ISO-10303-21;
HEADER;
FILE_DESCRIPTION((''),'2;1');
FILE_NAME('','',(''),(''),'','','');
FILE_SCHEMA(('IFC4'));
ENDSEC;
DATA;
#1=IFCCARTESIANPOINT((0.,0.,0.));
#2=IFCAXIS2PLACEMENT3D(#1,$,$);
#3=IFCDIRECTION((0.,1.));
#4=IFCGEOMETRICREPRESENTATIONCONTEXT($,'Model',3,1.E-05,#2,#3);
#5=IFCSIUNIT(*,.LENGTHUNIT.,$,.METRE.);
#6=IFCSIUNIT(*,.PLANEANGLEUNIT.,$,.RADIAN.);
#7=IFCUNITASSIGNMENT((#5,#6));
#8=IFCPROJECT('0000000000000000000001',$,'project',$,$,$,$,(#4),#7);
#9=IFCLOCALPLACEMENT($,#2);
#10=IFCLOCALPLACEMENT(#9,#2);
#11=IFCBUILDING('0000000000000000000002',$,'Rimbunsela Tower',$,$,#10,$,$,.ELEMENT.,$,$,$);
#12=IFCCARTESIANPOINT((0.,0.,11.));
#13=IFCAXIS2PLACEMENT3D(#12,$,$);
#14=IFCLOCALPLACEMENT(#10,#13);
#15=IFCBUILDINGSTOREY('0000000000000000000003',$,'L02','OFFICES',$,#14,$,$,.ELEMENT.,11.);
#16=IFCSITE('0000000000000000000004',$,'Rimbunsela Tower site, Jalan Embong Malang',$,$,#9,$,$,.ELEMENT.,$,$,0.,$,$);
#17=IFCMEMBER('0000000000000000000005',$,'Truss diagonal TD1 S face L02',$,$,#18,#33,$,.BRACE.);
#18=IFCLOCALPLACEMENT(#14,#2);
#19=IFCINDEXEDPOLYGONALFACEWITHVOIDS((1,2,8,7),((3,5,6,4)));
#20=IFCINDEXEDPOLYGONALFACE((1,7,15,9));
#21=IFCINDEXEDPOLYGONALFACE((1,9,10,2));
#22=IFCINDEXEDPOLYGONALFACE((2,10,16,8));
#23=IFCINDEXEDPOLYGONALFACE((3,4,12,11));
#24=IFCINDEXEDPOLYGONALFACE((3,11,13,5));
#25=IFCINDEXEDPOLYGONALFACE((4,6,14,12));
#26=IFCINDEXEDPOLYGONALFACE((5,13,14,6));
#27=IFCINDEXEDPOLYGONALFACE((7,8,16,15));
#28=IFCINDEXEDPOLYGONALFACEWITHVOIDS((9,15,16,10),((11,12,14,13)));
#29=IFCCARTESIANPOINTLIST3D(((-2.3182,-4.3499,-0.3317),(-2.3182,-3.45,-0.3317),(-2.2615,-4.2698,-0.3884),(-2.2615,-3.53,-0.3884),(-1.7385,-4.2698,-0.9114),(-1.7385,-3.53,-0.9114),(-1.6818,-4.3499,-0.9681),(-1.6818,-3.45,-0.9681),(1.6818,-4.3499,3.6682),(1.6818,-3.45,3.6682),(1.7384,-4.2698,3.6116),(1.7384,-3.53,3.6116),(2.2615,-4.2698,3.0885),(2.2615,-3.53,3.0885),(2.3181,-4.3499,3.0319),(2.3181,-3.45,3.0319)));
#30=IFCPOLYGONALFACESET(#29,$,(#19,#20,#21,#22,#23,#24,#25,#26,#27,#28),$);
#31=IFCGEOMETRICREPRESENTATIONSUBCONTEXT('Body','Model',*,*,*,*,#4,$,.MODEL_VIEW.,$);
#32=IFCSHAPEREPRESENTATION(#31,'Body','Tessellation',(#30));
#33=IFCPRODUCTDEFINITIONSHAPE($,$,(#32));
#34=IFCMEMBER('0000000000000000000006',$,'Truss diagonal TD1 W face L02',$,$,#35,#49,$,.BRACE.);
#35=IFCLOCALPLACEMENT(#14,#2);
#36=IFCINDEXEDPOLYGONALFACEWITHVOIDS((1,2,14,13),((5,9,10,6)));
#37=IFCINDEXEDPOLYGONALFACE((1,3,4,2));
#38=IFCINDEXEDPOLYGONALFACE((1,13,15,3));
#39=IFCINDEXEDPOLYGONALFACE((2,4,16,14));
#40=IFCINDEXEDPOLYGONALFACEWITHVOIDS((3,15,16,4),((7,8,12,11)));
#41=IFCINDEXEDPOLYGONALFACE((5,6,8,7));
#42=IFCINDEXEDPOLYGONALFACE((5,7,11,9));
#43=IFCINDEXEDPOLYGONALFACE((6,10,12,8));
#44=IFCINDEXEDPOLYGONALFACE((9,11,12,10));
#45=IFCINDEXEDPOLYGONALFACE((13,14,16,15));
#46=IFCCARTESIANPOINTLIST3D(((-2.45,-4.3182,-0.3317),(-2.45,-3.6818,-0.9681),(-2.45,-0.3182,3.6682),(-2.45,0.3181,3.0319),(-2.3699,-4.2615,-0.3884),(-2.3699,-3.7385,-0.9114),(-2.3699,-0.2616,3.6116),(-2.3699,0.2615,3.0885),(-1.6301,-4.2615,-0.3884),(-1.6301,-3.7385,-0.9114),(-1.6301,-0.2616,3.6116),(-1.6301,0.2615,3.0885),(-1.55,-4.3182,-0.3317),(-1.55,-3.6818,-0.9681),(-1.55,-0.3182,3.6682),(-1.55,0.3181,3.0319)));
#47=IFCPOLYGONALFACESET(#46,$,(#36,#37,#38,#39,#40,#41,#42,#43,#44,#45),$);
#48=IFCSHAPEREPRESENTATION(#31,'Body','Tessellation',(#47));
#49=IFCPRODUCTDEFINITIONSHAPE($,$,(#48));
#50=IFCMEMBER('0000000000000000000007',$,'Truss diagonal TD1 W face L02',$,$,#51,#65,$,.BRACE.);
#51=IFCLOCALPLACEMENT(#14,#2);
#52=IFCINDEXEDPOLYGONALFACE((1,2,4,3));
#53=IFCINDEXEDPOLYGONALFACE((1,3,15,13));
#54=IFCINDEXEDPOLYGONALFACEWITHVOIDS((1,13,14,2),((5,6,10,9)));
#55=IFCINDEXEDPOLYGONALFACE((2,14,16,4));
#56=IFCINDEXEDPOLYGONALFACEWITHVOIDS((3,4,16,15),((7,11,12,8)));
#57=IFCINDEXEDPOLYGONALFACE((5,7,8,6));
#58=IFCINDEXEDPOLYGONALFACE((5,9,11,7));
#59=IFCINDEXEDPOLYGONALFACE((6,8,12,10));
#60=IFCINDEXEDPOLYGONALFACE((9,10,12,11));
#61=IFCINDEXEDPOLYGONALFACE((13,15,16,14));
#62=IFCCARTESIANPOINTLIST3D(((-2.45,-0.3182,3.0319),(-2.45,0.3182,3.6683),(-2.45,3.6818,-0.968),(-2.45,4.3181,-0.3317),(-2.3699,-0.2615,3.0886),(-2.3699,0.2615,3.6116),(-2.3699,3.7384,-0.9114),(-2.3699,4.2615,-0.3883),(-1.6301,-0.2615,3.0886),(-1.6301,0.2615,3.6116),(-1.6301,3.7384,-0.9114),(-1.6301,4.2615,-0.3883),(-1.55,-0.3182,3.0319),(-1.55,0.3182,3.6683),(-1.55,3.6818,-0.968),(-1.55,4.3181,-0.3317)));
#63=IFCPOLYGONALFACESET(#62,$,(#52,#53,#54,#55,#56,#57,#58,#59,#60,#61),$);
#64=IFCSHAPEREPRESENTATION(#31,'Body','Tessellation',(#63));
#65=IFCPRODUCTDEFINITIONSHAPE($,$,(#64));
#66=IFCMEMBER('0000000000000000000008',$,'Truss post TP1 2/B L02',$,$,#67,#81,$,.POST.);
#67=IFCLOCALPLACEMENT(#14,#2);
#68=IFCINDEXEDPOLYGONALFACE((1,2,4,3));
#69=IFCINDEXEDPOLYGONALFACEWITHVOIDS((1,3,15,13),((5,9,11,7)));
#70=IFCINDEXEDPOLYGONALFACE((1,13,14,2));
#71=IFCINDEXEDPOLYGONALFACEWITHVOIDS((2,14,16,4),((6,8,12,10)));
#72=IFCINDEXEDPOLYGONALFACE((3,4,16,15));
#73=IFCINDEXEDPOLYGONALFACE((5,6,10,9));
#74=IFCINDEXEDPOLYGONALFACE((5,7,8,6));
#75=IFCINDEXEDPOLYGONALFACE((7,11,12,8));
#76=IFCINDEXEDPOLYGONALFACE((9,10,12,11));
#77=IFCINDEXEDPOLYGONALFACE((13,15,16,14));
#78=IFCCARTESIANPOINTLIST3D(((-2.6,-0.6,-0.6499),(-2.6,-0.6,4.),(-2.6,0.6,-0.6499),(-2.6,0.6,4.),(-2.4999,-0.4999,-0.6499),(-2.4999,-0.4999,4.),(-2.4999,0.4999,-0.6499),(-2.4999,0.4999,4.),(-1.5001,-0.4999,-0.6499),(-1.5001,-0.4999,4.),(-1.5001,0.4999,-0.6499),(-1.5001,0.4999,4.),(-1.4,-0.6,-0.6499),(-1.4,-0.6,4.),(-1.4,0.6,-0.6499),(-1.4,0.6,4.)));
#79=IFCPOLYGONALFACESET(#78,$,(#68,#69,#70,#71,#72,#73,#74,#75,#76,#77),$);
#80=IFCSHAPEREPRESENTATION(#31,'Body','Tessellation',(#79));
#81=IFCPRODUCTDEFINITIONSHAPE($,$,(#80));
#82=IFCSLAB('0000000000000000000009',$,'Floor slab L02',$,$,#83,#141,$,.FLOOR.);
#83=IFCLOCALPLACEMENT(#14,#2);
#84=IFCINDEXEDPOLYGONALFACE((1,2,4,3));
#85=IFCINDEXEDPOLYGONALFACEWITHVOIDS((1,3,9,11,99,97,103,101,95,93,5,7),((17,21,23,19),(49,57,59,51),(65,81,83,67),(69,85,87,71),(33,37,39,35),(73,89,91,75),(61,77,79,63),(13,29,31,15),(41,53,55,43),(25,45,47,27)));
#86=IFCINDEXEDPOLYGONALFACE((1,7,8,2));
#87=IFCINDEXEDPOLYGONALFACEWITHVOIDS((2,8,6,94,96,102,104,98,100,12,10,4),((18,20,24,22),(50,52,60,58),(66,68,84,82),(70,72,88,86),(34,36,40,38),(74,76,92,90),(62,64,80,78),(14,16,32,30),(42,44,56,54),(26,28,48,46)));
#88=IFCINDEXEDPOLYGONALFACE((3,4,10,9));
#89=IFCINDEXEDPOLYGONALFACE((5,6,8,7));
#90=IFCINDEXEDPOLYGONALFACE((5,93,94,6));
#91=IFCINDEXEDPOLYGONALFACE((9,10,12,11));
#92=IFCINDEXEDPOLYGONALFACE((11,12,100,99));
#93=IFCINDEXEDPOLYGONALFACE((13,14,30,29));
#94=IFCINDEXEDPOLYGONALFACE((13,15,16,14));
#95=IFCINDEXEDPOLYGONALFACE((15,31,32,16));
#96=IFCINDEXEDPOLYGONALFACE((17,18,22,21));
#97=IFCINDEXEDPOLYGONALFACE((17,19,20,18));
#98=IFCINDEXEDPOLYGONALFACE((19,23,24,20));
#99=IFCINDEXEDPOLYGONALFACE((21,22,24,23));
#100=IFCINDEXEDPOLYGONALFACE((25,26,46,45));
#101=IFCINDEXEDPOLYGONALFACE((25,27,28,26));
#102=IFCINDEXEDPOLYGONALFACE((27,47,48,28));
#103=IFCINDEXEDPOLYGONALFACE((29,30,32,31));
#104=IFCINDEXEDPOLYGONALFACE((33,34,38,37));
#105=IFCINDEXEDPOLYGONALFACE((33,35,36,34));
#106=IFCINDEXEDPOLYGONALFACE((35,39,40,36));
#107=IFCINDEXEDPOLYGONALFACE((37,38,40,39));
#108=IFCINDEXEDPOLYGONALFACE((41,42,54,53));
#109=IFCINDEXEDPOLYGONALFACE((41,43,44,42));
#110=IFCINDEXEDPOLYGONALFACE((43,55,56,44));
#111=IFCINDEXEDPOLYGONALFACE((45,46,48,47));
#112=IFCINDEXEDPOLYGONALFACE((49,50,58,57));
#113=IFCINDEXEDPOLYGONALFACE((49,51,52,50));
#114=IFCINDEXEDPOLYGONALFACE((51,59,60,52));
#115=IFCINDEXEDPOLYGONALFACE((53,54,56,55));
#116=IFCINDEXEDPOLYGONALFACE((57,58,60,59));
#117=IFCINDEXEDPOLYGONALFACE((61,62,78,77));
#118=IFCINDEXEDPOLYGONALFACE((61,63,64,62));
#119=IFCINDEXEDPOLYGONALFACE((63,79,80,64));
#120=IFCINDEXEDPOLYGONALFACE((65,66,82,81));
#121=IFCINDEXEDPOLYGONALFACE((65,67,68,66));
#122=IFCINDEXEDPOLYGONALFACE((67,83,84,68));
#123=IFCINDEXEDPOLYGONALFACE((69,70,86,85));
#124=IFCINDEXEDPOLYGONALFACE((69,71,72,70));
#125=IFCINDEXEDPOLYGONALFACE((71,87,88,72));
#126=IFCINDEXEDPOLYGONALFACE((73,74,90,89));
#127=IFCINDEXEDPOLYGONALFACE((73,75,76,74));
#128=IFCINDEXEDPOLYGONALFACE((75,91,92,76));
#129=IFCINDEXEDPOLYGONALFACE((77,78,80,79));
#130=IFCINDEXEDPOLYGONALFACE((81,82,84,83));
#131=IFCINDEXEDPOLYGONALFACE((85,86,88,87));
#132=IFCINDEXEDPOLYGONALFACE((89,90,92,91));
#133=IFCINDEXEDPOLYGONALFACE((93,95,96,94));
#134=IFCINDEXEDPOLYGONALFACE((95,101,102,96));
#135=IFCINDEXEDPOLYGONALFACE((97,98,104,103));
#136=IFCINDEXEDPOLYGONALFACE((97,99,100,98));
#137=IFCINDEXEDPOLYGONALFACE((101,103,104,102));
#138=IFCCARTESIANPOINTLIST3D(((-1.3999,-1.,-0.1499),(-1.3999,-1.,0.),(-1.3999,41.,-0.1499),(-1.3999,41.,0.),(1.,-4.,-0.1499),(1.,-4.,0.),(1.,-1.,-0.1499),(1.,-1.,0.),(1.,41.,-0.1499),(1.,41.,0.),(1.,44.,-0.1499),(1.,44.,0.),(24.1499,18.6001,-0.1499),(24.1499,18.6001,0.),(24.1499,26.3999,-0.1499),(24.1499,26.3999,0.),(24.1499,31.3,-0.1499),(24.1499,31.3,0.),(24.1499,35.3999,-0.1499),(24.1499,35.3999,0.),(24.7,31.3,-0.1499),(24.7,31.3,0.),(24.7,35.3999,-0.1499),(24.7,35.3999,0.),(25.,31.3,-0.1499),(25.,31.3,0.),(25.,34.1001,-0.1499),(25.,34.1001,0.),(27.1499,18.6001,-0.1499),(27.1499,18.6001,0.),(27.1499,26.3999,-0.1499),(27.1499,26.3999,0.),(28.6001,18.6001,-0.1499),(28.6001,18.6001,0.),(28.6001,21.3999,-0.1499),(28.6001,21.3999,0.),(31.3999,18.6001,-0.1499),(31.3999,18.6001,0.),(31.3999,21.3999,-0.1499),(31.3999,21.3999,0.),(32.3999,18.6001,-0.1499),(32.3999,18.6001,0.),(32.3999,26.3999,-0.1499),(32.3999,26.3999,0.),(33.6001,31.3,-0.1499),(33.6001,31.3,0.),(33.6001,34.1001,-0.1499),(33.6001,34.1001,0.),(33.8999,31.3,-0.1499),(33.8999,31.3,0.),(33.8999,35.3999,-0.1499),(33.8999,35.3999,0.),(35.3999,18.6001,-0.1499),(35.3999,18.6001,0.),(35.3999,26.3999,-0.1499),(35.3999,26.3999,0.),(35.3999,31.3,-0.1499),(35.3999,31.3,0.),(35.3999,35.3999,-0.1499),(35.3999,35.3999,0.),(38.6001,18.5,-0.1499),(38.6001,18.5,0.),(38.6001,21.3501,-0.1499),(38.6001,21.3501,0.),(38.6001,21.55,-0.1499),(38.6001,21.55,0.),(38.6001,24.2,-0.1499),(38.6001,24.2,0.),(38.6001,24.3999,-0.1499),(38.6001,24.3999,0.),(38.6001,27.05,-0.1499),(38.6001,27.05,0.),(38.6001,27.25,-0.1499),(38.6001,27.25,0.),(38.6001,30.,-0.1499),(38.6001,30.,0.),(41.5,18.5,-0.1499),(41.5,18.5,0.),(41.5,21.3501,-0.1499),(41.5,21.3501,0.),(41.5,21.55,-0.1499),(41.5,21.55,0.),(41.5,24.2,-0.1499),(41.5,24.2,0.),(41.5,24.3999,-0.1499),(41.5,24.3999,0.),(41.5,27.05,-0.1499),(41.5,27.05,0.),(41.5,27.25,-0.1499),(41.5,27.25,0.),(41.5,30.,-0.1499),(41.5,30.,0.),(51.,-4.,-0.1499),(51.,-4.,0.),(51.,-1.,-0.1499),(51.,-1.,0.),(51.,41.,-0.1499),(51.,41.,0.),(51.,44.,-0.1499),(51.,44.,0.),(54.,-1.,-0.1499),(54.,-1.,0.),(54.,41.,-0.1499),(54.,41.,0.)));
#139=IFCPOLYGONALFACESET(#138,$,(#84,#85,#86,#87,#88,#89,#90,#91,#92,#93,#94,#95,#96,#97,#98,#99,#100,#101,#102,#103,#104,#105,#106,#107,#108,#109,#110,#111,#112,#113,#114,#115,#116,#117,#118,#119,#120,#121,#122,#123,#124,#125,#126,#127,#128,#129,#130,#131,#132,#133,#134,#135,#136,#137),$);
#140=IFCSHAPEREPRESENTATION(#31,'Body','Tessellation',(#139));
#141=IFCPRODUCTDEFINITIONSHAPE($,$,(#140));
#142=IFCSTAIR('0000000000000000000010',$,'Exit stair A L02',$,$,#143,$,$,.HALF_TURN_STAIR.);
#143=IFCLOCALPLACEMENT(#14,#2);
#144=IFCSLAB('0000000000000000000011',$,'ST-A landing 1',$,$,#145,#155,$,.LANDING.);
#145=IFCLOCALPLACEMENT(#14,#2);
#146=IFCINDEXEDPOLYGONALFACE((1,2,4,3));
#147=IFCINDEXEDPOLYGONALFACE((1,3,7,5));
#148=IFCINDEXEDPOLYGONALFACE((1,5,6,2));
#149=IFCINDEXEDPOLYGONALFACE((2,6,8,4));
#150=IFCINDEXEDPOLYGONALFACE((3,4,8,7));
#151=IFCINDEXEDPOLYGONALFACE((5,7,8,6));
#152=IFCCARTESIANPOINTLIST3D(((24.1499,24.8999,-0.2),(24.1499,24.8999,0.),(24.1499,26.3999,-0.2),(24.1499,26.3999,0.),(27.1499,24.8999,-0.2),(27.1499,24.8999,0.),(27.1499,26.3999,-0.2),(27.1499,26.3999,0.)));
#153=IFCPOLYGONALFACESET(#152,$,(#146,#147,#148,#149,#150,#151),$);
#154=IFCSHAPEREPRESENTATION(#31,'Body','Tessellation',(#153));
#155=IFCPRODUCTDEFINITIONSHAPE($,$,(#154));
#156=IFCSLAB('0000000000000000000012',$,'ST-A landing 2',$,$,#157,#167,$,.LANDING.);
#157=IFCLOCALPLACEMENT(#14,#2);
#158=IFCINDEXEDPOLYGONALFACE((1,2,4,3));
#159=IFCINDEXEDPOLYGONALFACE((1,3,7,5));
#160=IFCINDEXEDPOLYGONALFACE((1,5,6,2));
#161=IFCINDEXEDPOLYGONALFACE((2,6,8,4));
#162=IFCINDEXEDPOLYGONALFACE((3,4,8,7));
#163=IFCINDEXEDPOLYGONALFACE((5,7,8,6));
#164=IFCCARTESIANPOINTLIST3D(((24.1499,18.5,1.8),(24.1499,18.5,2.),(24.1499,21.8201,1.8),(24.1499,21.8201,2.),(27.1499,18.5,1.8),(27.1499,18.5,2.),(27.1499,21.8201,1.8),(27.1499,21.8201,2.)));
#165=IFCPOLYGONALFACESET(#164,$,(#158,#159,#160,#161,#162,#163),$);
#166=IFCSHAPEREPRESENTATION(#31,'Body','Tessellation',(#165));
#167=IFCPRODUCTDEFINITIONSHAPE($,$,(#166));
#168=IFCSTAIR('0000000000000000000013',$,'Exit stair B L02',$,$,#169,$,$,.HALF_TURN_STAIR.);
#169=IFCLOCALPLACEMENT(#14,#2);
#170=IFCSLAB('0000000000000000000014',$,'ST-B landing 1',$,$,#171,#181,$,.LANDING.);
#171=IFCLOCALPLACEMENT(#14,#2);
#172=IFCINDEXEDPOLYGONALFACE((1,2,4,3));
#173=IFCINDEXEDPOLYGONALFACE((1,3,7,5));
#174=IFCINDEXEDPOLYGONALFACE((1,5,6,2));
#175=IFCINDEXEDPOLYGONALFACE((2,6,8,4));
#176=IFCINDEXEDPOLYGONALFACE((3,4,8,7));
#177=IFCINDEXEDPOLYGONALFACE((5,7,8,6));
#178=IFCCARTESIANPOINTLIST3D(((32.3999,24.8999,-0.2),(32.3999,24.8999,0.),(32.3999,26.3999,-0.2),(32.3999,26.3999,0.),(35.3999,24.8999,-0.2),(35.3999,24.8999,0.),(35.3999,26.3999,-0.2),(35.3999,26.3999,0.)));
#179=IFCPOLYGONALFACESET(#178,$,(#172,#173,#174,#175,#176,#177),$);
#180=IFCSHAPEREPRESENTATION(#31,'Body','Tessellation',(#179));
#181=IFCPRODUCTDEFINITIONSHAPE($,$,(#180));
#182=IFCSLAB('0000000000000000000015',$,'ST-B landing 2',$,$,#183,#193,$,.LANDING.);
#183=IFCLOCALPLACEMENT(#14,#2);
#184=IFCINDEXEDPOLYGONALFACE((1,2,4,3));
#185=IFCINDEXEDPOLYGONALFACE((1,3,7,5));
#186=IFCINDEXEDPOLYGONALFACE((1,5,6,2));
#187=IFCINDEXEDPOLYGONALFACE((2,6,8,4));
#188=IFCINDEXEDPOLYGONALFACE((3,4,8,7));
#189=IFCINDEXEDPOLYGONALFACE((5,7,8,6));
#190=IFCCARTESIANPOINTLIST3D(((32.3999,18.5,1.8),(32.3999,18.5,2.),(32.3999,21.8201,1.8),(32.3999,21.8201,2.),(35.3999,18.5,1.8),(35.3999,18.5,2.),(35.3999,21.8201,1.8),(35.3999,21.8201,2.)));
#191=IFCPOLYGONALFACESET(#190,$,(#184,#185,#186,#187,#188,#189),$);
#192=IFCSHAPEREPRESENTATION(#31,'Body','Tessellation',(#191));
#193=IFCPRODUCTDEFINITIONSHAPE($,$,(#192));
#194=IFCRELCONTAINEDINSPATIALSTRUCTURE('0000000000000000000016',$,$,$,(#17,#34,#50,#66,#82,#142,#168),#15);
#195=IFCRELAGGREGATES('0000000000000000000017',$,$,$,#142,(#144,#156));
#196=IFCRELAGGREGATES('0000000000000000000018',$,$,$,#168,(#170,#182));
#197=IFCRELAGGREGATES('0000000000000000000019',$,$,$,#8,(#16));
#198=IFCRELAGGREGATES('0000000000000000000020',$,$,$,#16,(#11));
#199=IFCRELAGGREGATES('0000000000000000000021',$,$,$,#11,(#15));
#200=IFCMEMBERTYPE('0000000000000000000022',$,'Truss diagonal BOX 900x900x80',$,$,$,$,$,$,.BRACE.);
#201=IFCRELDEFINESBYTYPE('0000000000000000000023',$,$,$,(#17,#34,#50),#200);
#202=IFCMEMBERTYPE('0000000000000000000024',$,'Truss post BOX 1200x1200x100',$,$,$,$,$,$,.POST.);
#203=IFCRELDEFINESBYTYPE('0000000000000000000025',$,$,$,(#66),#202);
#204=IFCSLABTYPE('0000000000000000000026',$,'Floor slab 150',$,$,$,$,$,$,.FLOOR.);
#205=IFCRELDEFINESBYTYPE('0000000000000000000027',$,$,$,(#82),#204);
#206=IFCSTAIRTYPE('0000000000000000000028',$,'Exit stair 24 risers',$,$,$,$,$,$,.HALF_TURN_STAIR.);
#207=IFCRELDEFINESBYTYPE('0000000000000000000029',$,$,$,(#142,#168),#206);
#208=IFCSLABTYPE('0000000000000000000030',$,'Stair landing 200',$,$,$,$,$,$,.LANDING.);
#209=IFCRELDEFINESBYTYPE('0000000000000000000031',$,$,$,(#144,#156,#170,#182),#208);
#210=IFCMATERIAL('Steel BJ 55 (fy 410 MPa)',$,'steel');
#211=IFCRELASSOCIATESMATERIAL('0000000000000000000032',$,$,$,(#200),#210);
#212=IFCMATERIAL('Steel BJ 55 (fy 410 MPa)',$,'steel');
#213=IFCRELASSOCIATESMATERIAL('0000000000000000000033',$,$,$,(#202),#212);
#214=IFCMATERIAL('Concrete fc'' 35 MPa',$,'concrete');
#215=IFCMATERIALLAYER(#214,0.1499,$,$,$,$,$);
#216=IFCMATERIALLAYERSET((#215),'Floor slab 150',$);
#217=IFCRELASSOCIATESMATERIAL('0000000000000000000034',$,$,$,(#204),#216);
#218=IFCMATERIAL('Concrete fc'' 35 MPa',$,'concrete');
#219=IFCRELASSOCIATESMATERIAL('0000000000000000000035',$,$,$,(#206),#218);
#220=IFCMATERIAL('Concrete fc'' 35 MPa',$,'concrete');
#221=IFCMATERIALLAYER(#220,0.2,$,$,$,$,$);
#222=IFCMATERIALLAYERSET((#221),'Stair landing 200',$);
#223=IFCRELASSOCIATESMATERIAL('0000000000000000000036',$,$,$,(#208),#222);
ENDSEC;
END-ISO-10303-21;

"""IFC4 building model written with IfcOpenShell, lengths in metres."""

from ifc_helpers import new_model, si_unit, direction, frame, origin, origin_2d, place, context, subcontext, project, spatial, polyline, hollow_rectangle, outline, extrude, material, layer, layer_set, material_profile, profile_set, type_object, element, aggregate, save


model = new_model("IFC4")

# Units and contexts
model_context = context("Model", 3, precision=1e-05, world=origin(), true_north=direction((0.0, 1.0)))
body_context = subcontext(model_context, "Body", "Model", "MODEL_VIEW")
ifc_project = project(units=[si_unit("LENGTHUNIT", "METRE"), si_unit("PLANEANGLEUNIT", "RADIAN")], contexts=[model_context])

# Site, building, storey
site_placement = place(None, origin())
site = spatial("IfcSite", under=ifc_project, at=site_placement, Name="Rimbunsela Tower site, Jalan Embong Malang", CompositionType="ELEMENT", RefElevation=0.0)
building_placement = place(site_placement, origin())
building = spatial("IfcBuilding", under=site, at=building_placement, Name="Rimbunsela Tower", CompositionType="ELEMENT")
storey_placement = place(building_placement, frame((0.0, 0.0, 11.0)))
storey = spatial("IfcBuildingStorey", under=building, at=storey_placement, Name="L02", Description="OFFICES", CompositionType="ELEMENT", Elevation=11.0)

# Members
ifc_material_1 = material(Name="Steel BJ 55 (fy 410 MPa)", Category="steel")
ifc_material_profile_1 = material_profile(ifc_material_1, hollow_rectangle(XDim=0.8999, YDim=0.8999, WallThickness=0.0801, at=origin_2d()), Name="BOX 900x900x80")
ifc_profile_set_1 = profile_set([ifc_material_profile_1], Name="Steel BJ 55 (fy 410 MPa)")
member_type_1 = type_object("IfcMemberType", Name="Truss diagonal BOX 900x900x80", PredefinedType="BRACE", material=ifc_profile_set_1)
for number, where, z_axis, x_axis, name in (
    (1, (-2.0, -3.8999, -0.6499), (0.707107, 0.0, 0.707107), (0.0, 1.0, 0.0), "Truss diagonal TD1 S face L02"),
    (2, (-2.0, -4.0, -0.6499), (0.0, 0.707107, 0.707107), (-1.0, 0.0, 0.0), "Truss diagonal TD1 W face L02"),
    (3, (-2.0, 0.0, 3.3501), (0.0, 0.707107, -0.707107), (-1.0, 0.0, 0.0), "Truss diagonal TD1 W face L02"),
):
    element("IfcMember", number, at=place(storey_placement, frame(where, z_axis=z_axis, x_axis=x_axis)), inside=storey, type_object=member_type_1, Name=name, PredefinedType="BRACE", context=body_context, shape_type="SweptSolid", body=[
        extrude(hollow_rectangle(XDim=0.8999, YDim=0.8999, WallThickness=0.0801, at=origin_2d()), origin(), (0.0, 0.0, 1.0), 5.6567),
    ])
ifc_material_2 = material(Name="Steel BJ 55 (fy 410 MPa)", Category="steel")
ifc_material_profile_2 = material_profile(ifc_material_2, hollow_rectangle(XDim=1.2, YDim=1.2, WallThickness=0.1001, at=origin_2d()), Name="BOX 1200x1200x100")
ifc_profile_set_2 = profile_set([ifc_material_profile_2], Name="Steel BJ 55 (fy 410 MPa)")
member_type_2 = type_object("IfcMemberType", Name="Truss post BOX 1200x1200x100", PredefinedType="POST", material=ifc_profile_set_2)
member_1_placement = place(storey_placement, frame((-2.0, 0.0, -0.6499), z_axis=(0.0, 0.0, 1.0), x_axis=(1.0, 0.0, 0.0)))
element("IfcMember", 4, at=member_1_placement, inside=storey, type_object=member_type_2, Name="Truss post TP1 2/B L02", PredefinedType="POST", context=body_context, shape_type="SweptSolid", body=[
    extrude(hollow_rectangle(XDim=1.2, YDim=1.2, WallThickness=0.1001, at=origin_2d()), origin(), (0.0, 0.0, 1.0), 4.6499),
])

# Slab
ifc_material_3 = material(Name="Concrete fc' 35 MPa", Category="concrete")
ifc_layer_1 = layer(ifc_material_3, 0.1499)
ifc_layer_set_1 = layer_set([ifc_layer_1], Name="Floor slab 150")
slab_type_1 = type_object("IfcSlabType", Name="Floor slab 150", PredefinedType="FLOOR", material=ifc_layer_set_1)
slab_1_placement = place(storey_placement, frame((0.0, 0.0, -0.1499)))
element("IfcSlab", 5, at=slab_1_placement, inside=storey, type_object=slab_type_1, Name="Floor slab L02", PredefinedType="FLOOR", context=body_context, shape_type="SweptSolid", body=[
    extrude(outline(polyline([(1.0, 41.0), (-1.3999, 41.0), (-1.3999, -1.0), (1.0, -1.0), (1.0, -4.0), (51.0, -4.0), (51.0, -1.0), (54.0, -1.0), (54.0, 41.0), (51.0, 41.0), (51.0, 44.0), (1.0, 44.0), (1.0, 41.0)]), holes=[polyline([(27.1499, 18.6001), (27.1499, 26.3999), (24.1499, 26.3999), (24.1499, 18.6001), (27.1499, 18.6001)]), polyline([(24.7, 31.3), (24.7, 35.3999), (24.1499, 35.3999), (24.1499, 31.3), (24.7, 31.3)]), polyline([(25.0, 34.1001), (25.0, 31.3), (33.6001, 31.3), (33.6001, 34.1001), (25.0, 34.1001)]), polyline([(31.3999, 21.3999), (28.6001, 21.3999), (28.6001, 18.6001), (31.3999, 18.6001), (31.3999, 21.3999)]), polyline([(35.3999, 18.6001), (35.3999, 26.3999), (32.3999, 26.3999), (32.3999, 18.6001), (35.3999, 18.6001)]), polyline([(35.3999, 31.3), (35.3999, 35.3999), (33.8999, 35.3999), (33.8999, 31.3), (35.3999, 31.3)]), polyline([(41.5, 21.3501), (38.6001, 21.3501), (38.6001, 18.5), (41.5, 18.5), (41.5, 21.3501)]), polyline([(41.5, 21.55), (41.5, 24.2), (38.6001, 24.2), (38.6001, 21.55), (41.5, 21.55)]), polyline([(41.5, 27.05), (38.6001, 27.05), (38.6001, 24.3999), (41.5, 24.3999), (41.5, 27.05)]), polyline([(41.5, 27.25), (41.5, 30.0), (38.6001, 30.0), (38.6001, 27.25), (41.5, 27.25)])]), origin(), (0.0, 0.0, 1.0), 0.1499),
])

# Stairs, slabs
ifc_material_4 = material(Name="Concrete fc' 35 MPa", Category="concrete")
stair_type = type_object("IfcStairType", Name="Exit stair 24 risers", PredefinedType="HALF_TURN_STAIR", material=ifc_material_4)
stair_1_placement = place(storey_placement, origin())
stair_1 = element("IfcStair", 6, at=stair_1_placement, inside=storey, type_object=stair_type, Name="Exit stair A L02", PredefinedType="HALF_TURN_STAIR")
ifc_material_5 = material(Name="Concrete fc' 35 MPa", Category="concrete")
ifc_layer_2 = layer(ifc_material_5, 0.2)
ifc_layer_set_2 = layer_set([ifc_layer_2], Name="Stair landing 200")
slab_type_2 = type_object("IfcSlabType", Name="Stair landing 200", PredefinedType="LANDING", material=ifc_layer_set_2)
slab_2_placement = place(storey_placement, frame((0.0, 0.0, -0.2)))
slab_2 = element("IfcSlab", 7, at=slab_2_placement, type_object=slab_type_2, Name="ST-A landing 1", PredefinedType="LANDING", context=body_context, shape_type="SweptSolid", body=[
    extrude(outline(polyline([(24.1499, 24.8999), (27.1499, 24.8999), (27.1499, 26.3999), (24.1499, 26.3999), (24.1499, 24.8999)])), origin(), (0.0, 0.0, 1.0), 0.2),
])
slab_3_placement = place(storey_placement, frame((0.0, 0.0, 1.8)))
slab_3 = element("IfcSlab", 8, at=slab_3_placement, type_object=slab_type_2, Name="ST-A landing 2", PredefinedType="LANDING", context=body_context, shape_type="SweptSolid", body=[
    extrude(outline(polyline([(24.1499, 18.5), (27.1499, 18.5), (27.1499, 21.8201), (24.1499, 21.8201), (24.1499, 18.5)])), origin(), (0.0, 0.0, 1.0), 0.2),
])
aggregate(stair_1, [slab_2, slab_3])
stair_2_placement = place(storey_placement, origin())
stair_2 = element("IfcStair", 9, at=stair_2_placement, inside=storey, type_object=stair_type, Name="Exit stair B L02", PredefinedType="HALF_TURN_STAIR")
slab_4_placement = place(storey_placement, frame((0.0, 0.0, -0.2)))
slab_4 = element("IfcSlab", 10, at=slab_4_placement, type_object=slab_type_2, Name="ST-B landing 1", PredefinedType="LANDING", context=body_context, shape_type="SweptSolid", body=[
    extrude(outline(polyline([(32.3999, 24.8999), (35.3999, 24.8999), (35.3999, 26.3999), (32.3999, 26.3999), (32.3999, 24.8999)])), origin(), (0.0, 0.0, 1.0), 0.2),
])
slab_5_placement = place(storey_placement, frame((0.0, 0.0, 1.8)))
slab_5 = element("IfcSlab", 11, at=slab_5_placement, type_object=slab_type_2, Name="ST-B landing 2", PredefinedType="LANDING", context=body_context, shape_type="SweptSolid", body=[
    extrude(outline(polyline([(32.3999, 18.5), (35.3999, 18.5), (35.3999, 21.8201), (32.3999, 21.8201), (32.3999, 18.5)])), origin(), (0.0, 0.0, 1.0), 0.2),
])
aggregate(stair_2, [slab_4, slab_5])

save(model, "model.ifc")
